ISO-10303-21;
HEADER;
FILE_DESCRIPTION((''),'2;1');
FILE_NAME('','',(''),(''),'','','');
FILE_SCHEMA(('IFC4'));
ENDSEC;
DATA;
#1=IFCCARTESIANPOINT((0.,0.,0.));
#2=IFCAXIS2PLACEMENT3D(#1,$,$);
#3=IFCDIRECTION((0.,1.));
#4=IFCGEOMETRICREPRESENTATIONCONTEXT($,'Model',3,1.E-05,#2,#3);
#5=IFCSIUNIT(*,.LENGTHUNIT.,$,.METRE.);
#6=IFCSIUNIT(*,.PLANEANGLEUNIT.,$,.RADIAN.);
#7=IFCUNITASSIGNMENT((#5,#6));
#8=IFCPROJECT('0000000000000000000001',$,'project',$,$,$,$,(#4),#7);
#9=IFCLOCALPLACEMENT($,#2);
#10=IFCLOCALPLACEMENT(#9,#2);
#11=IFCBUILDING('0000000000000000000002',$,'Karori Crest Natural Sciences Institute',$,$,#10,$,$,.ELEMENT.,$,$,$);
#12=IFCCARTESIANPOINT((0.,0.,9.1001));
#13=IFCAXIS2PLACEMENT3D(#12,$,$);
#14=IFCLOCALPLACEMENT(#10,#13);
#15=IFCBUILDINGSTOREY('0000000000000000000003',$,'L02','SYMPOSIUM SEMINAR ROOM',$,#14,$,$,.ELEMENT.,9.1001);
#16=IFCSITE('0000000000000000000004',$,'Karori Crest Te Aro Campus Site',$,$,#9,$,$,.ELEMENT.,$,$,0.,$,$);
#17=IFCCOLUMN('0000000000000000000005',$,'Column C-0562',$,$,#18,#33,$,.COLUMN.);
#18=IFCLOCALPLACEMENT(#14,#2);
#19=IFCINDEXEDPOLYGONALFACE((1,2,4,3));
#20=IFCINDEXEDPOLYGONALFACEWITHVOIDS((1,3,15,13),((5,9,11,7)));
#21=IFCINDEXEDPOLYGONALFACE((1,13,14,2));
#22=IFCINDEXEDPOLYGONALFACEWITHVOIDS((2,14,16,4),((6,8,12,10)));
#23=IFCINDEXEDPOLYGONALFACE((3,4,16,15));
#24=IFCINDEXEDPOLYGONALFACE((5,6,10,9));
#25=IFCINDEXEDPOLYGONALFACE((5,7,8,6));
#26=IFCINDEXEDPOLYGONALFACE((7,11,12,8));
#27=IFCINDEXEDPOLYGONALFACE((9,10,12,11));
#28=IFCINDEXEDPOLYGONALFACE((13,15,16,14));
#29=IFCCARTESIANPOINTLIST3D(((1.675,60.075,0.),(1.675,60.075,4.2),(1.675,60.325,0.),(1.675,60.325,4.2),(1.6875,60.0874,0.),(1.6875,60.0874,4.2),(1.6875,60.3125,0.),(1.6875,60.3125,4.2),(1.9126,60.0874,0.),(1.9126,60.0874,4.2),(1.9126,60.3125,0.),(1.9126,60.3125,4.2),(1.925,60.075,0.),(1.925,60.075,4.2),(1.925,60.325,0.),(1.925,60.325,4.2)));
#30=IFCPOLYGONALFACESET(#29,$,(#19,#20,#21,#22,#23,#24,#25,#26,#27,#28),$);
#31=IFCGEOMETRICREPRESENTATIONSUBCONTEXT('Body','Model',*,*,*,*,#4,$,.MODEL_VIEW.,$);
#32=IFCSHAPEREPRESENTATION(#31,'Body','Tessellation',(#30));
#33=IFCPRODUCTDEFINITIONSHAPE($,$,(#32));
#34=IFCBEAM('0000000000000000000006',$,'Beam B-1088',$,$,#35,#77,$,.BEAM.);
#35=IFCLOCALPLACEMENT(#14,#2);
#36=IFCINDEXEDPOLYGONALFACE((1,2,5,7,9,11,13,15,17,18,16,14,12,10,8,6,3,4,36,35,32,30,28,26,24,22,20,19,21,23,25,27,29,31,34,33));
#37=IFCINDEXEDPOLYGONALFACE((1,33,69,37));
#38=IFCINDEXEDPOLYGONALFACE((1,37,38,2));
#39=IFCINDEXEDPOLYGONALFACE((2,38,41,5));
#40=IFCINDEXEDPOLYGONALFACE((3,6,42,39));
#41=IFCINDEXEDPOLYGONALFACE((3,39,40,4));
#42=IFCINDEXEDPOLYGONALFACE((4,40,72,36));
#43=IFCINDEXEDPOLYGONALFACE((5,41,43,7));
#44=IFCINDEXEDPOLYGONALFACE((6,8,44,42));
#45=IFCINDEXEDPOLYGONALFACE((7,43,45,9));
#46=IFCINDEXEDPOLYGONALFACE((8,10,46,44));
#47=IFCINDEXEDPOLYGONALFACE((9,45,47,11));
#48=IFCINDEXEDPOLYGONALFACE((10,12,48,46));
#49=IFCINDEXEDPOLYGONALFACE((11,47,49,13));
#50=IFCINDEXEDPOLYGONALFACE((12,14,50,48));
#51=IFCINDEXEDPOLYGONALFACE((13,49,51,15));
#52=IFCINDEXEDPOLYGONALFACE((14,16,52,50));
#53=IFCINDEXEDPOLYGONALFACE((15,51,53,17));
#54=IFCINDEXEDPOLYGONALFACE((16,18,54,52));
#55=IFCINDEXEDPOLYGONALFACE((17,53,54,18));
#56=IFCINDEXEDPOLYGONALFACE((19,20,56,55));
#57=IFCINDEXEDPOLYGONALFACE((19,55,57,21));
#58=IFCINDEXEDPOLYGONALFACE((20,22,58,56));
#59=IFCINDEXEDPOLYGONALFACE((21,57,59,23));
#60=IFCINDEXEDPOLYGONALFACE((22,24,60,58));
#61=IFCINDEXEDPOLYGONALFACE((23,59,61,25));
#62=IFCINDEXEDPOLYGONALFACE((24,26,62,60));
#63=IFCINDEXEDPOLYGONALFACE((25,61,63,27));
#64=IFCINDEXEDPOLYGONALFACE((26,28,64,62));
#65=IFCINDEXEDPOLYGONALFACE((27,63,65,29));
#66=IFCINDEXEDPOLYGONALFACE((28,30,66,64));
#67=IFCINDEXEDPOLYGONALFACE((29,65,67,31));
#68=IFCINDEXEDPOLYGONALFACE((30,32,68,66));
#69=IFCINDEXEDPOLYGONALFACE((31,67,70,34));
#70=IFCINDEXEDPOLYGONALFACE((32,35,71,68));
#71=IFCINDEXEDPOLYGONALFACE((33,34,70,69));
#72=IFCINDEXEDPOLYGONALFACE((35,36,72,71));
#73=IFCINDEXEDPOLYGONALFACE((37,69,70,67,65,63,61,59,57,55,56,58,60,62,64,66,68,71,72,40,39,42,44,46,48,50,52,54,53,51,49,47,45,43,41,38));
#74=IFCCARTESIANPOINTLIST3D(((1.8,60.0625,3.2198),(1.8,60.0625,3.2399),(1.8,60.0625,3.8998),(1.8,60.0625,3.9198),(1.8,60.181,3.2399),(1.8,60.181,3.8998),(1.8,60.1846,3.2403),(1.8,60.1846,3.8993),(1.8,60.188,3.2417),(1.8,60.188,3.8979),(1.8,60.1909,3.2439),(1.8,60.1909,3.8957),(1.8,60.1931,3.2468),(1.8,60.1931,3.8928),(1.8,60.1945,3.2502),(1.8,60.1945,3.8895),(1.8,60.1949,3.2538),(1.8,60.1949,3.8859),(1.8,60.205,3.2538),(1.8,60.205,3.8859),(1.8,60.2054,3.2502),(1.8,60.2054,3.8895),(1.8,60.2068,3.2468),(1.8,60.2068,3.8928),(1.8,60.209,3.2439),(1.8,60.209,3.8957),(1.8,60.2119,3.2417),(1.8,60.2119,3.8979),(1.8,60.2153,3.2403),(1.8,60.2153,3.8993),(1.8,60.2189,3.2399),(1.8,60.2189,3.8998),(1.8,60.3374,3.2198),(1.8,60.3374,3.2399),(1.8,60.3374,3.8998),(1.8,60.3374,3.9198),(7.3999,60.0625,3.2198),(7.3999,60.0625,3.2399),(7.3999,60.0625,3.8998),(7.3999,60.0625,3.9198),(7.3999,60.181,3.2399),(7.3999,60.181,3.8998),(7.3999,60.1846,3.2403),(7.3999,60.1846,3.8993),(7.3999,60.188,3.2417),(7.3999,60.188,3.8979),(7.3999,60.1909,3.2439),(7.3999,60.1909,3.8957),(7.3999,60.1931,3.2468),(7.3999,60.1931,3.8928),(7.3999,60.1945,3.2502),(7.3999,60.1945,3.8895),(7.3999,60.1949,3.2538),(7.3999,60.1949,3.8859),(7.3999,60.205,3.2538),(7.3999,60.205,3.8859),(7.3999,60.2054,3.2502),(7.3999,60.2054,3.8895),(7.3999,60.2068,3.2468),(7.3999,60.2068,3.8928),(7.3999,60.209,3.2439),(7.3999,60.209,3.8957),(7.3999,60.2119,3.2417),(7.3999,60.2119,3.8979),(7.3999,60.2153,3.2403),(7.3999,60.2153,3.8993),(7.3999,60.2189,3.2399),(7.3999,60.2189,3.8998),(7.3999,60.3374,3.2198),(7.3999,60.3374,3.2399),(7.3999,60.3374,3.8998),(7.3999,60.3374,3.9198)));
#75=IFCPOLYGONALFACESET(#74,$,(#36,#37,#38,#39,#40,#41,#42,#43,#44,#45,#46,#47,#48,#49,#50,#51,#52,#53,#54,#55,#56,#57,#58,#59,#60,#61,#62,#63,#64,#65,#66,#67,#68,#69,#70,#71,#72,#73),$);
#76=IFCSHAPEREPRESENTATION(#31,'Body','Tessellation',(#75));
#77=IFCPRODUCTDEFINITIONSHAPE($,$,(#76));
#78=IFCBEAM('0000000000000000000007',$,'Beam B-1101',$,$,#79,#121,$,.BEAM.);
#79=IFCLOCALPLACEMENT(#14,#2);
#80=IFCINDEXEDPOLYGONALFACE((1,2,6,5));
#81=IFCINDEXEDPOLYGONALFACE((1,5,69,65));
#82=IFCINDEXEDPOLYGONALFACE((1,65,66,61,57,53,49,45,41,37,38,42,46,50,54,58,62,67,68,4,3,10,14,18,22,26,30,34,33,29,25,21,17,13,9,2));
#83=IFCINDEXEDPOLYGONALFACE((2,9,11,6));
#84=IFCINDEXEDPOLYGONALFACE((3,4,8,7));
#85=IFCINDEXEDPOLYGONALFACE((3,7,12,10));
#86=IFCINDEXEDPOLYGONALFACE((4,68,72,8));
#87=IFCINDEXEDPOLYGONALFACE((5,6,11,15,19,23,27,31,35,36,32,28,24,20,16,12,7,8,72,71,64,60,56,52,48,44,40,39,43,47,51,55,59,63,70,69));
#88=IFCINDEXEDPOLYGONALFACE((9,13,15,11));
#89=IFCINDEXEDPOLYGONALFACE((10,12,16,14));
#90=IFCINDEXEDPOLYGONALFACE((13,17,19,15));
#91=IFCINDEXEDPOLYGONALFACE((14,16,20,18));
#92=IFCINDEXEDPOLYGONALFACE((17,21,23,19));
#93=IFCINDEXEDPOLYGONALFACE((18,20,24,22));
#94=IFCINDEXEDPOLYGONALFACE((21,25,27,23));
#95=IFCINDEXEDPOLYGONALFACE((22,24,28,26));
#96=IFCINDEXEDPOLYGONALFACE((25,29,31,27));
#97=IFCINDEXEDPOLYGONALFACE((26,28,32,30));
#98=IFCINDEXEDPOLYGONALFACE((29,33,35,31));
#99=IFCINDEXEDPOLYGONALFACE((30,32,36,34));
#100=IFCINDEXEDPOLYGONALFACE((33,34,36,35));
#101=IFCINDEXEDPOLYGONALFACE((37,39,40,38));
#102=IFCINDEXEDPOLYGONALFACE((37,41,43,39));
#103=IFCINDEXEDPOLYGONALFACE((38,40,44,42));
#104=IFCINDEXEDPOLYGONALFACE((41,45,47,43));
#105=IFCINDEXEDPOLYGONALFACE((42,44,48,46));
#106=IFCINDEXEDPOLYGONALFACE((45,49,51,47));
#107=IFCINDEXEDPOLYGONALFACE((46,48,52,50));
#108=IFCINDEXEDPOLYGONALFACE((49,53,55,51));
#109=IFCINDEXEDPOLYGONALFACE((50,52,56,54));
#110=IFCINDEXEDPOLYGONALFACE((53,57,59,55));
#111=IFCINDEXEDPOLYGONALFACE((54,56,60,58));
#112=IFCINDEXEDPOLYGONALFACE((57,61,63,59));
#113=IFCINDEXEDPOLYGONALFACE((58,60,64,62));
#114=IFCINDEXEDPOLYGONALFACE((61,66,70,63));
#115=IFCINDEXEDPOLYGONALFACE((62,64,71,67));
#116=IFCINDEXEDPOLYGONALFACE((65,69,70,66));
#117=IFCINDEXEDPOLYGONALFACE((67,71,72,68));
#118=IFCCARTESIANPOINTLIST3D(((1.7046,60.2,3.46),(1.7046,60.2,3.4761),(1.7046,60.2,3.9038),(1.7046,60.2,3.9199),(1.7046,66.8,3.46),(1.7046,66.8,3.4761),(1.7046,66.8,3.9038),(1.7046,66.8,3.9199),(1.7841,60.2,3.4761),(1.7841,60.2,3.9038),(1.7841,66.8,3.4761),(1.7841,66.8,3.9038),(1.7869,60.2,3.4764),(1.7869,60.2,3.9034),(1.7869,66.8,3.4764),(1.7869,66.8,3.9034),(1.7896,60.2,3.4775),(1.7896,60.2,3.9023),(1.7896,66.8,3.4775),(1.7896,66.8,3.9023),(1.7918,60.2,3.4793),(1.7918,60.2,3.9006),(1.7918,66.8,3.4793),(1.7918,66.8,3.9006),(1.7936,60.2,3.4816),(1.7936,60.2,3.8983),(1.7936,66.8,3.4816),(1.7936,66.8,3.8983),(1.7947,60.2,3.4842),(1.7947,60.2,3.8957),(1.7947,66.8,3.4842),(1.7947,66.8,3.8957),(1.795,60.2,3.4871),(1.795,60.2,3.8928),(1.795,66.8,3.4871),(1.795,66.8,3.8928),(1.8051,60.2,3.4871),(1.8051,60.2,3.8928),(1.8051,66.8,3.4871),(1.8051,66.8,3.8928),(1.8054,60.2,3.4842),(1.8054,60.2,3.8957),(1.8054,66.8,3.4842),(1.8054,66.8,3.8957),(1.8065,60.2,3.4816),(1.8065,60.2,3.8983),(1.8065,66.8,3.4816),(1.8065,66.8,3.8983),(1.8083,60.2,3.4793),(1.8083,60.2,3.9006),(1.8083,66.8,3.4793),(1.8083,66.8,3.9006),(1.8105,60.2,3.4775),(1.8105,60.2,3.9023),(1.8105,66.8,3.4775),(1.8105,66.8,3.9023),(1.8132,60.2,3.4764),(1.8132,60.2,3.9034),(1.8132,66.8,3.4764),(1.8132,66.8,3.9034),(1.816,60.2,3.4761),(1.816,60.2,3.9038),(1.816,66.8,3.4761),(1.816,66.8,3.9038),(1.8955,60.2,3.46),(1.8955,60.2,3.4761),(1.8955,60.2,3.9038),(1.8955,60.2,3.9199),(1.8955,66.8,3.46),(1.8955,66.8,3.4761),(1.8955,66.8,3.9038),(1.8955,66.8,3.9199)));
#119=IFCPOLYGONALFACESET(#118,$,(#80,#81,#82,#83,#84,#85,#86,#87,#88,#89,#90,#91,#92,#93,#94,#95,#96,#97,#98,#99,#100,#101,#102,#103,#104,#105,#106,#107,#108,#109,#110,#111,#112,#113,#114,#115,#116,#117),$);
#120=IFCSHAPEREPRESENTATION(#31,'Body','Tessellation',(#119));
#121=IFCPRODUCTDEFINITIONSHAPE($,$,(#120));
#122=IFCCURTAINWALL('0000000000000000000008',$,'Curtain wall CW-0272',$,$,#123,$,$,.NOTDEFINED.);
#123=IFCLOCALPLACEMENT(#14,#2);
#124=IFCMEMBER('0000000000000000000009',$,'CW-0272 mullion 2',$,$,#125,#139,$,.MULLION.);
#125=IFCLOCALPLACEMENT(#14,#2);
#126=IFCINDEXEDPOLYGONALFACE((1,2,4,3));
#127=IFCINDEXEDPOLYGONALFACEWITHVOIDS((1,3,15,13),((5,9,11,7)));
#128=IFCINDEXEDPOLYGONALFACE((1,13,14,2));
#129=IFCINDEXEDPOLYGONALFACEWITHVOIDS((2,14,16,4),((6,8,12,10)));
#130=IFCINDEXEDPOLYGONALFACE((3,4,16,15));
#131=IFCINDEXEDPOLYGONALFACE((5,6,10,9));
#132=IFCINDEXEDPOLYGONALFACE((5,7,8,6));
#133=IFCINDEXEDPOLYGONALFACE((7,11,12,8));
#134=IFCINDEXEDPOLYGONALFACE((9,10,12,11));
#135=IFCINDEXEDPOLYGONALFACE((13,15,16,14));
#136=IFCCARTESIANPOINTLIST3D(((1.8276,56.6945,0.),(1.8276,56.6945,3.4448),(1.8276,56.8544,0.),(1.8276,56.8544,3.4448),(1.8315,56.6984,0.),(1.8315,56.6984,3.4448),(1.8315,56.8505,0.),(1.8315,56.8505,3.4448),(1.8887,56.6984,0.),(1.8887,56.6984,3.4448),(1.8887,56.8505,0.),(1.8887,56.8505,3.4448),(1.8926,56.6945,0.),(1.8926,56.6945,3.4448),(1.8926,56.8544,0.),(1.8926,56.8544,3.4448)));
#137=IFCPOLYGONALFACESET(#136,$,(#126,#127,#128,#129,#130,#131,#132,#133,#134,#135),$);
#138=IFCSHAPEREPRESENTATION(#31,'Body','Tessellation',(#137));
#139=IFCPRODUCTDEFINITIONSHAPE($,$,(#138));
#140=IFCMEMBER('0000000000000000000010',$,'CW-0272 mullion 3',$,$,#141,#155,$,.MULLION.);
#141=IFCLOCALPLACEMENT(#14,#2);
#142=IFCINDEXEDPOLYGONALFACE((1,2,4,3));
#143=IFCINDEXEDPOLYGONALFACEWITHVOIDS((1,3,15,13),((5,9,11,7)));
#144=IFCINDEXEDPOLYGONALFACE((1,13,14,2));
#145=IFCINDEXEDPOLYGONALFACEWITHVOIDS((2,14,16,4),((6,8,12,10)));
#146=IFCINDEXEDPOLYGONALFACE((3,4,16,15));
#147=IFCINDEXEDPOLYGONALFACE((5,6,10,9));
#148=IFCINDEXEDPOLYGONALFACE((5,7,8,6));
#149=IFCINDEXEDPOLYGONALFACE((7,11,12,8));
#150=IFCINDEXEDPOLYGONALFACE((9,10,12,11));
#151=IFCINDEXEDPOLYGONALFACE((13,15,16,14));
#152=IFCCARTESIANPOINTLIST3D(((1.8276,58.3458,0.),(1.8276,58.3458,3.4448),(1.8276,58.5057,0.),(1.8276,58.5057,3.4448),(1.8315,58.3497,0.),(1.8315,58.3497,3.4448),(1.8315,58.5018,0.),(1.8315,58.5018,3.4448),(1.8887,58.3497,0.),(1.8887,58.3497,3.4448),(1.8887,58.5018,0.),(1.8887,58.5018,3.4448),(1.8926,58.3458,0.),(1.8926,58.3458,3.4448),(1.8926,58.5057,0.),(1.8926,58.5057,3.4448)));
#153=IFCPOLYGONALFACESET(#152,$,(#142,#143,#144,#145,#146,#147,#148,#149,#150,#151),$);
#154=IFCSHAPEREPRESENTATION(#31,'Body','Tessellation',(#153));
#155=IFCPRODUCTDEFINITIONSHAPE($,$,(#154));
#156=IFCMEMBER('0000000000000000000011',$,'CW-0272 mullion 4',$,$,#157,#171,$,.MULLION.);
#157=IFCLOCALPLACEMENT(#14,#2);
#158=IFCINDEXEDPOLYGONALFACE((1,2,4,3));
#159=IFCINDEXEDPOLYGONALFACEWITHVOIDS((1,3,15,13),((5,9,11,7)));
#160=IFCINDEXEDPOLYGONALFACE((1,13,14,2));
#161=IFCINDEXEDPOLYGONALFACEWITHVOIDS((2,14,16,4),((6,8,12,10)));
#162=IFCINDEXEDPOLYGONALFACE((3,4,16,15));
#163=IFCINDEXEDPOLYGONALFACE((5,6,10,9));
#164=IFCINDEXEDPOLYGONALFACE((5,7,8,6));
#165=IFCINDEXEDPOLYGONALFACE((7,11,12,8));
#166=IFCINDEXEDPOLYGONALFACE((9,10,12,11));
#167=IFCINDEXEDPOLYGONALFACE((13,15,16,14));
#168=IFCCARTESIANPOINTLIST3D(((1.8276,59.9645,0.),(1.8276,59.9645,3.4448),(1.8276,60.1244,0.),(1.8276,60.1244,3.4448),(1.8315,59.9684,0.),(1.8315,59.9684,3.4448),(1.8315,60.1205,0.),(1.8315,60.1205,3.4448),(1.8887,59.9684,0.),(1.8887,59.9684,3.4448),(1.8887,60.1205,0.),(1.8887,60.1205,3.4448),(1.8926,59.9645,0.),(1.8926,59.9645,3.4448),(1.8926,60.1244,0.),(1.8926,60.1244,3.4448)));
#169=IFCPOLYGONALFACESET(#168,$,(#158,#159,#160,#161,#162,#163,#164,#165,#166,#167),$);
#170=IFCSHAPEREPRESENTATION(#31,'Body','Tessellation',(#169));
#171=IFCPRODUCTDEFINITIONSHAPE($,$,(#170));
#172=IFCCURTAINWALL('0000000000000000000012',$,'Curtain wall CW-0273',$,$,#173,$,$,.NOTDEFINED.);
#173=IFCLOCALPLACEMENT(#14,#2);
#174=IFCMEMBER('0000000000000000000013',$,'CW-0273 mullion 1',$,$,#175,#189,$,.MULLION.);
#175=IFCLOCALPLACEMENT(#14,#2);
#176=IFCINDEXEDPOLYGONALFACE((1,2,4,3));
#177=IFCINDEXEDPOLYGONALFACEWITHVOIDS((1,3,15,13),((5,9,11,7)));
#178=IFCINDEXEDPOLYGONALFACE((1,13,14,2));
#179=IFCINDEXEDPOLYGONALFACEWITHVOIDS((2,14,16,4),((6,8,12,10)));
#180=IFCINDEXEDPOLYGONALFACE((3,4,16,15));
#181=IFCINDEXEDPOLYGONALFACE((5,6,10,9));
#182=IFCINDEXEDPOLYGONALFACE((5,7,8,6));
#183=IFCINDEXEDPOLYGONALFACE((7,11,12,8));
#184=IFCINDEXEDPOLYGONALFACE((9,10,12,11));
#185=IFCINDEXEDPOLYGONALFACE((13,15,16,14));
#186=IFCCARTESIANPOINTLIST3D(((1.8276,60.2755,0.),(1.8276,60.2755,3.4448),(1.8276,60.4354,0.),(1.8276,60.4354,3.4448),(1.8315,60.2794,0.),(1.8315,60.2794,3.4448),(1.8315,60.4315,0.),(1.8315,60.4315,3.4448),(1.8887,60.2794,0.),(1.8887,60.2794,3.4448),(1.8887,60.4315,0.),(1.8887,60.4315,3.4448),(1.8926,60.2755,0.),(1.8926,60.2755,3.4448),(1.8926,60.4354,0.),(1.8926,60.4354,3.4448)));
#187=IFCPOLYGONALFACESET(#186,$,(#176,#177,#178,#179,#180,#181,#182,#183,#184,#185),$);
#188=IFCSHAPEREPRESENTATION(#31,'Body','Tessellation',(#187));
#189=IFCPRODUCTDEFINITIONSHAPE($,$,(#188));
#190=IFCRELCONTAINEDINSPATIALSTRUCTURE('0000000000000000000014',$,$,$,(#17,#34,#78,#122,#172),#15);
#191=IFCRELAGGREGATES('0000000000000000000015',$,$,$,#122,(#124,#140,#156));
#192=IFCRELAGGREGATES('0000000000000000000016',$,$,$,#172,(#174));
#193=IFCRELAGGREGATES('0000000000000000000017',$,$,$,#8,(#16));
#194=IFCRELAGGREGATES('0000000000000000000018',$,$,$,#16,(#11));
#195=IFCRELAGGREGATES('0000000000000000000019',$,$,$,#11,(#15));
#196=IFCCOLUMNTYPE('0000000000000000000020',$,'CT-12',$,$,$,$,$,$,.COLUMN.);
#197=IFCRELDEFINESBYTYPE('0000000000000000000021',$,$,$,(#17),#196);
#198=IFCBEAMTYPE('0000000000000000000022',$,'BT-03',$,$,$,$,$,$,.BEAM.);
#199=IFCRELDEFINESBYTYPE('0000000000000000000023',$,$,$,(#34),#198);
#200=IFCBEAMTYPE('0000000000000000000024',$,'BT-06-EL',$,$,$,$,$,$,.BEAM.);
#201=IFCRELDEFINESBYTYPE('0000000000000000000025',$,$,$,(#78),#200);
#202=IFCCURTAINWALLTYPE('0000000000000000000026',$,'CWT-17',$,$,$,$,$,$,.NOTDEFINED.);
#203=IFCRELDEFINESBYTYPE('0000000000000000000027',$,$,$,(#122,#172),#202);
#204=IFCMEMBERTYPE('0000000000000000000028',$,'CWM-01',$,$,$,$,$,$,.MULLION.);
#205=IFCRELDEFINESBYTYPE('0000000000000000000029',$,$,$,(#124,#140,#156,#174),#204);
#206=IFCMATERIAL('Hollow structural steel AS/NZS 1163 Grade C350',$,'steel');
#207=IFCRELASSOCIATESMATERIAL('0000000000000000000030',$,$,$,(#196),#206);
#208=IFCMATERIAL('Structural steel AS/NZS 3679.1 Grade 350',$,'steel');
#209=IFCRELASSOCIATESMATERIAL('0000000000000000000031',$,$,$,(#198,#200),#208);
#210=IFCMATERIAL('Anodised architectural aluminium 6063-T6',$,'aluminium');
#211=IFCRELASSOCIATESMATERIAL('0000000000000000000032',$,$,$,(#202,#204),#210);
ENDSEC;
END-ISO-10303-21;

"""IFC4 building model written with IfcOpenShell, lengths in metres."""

from ifc_helpers import new_model, si_unit, direction, frame, origin, origin_2d, place, context, subcontext, project, spatial, hollow_rectangle, i_section, extrude, material, material_profile, profile_set, type_object, element, aggregate, save


model = new_model("IFC4")

# Units and contexts
model_context = context("Model", 3, precision=1e-05, world=origin(), true_north=direction((0.0, 1.0)))
body_context = subcontext(model_context, "Body", "Model", "MODEL_VIEW")
ifc_project = project(units=[si_unit("LENGTHUNIT", "METRE"), si_unit("PLANEANGLEUNIT", "RADIAN")], contexts=[model_context])

# Site, building, storey
site_placement = place(None, origin())
site = spatial("IfcSite", under=ifc_project, at=site_placement, Name="Karori Crest Te Aro Campus Site", CompositionType="ELEMENT", RefElevation=0.0)
building_placement = place(site_placement, origin())
building = spatial("IfcBuilding", under=site, at=building_placement, Name="Karori Crest Natural Sciences Institute", CompositionType="ELEMENT")
storey_placement = place(building_placement, frame((0.0, 0.0, 9.1001)))
storey = spatial("IfcBuildingStorey", under=building, at=storey_placement, Name="L02", Description="SYMPOSIUM SEMINAR ROOM", CompositionType="ELEMENT", Elevation=9.1001)

# Column
ifc_material_1 = material(Name="Hollow structural steel AS/NZS 1163 Grade C350", Category="steel")
ifc_material_profile_1 = material_profile(ifc_material_1, hollow_rectangle(XDim=0.25, YDim=0.25, WallThickness=0.0125, at=origin_2d()), Name="SHS250x250x12.5")
ifc_profile_set_1 = profile_set([ifc_material_profile_1], Name="Hollow structural steel AS/NZS 1163 Grade C350")
column_type = type_object("IfcColumnType", Name="CT-12", PredefinedType="COLUMN", material=ifc_profile_set_1)
column_placement = place(storey_placement, frame((1.8, 60.2, 0.0), z_axis=(0.0, 0.0, 1.0), x_axis=(1.0, 0.0, 0.0)))
element("IfcColumn", 1, at=column_placement, inside=storey, type_object=column_type, Name="Column C-0562", PredefinedType="COLUMN", context=body_context, shape_type="SweptSolid", body=[
    extrude(hollow_rectangle(XDim=0.25, YDim=0.25, WallThickness=0.0125, at=origin_2d()), origin(), (0.0, 0.0, 1.0), 4.2),
])

# Beams
ifc_material_2 = material(Name="Structural steel AS/NZS 3679.1 Grade 350", Category="steel")
ifc_material_profile_2 = material_profile(ifc_material_2, i_section(OverallWidth=0.2749, OverallDepth=0.7, WebThickness=0.01, FlangeThickness=0.02, FilletRadius=0.0139, at=origin_2d()), Name="700WB150")
ifc_profile_set_2 = profile_set([ifc_material_profile_2], Name="Structural steel AS/NZS 3679.1 Grade 350")
beam_type_1 = type_object("IfcBeamType", Name="BT-03", PredefinedType="BEAM", material=ifc_profile_set_2)
beam_1_placement = place(storey_placement, frame((1.8, 60.2, 3.5698), z_axis=(1.0, 0.0, 0.0), x_axis=(0.0, 1.0, 0.0)))
element("IfcBeam", 2, at=beam_1_placement, inside=storey, type_object=beam_type_1, Name="Beam B-1088", PredefinedType="BEAM", context=body_context, shape_type="SweptSolid", body=[
    extrude(i_section(OverallWidth=0.2749, OverallDepth=0.7, WebThickness=0.01, FlangeThickness=0.02, FilletRadius=0.0139, at=origin_2d()), origin(), (0.0, 0.0, 1.0), 5.5999),
])
ifc_material_profile_3 = material_profile(ifc_material_2, i_section(OverallWidth=0.1909, OverallDepth=0.46, WebThickness=0.01, FlangeThickness=0.0161, FilletRadius=0.011, at=origin_2d()), Name="460UB82.1")
ifc_profile_set_3 = profile_set([ifc_material_profile_3], Name="Structural steel AS/NZS 3679.1 Grade 350")
beam_type_2 = type_object("IfcBeamType", Name="BT-06-EL", PredefinedType="BEAM", material=ifc_profile_set_3)
beam_2_placement = place(storey_placement, frame((1.8, 60.2, 3.6899), z_axis=(0.0, 1.0, 0.0), x_axis=(-1.0, 0.0, 0.0)))
element("IfcBeam", 3, at=beam_2_placement, inside=storey, type_object=beam_type_2, Name="Beam B-1101", PredefinedType="BEAM", context=body_context, shape_type="SweptSolid", body=[
    extrude(i_section(OverallWidth=0.1909, OverallDepth=0.46, WebThickness=0.01, FlangeThickness=0.0161, FilletRadius=0.011, at=origin_2d()), origin(), (0.0, 0.0, 1.0), 6.6001),
])

# Curtain walls, members
ifc_material_3 = material(Name="Anodised architectural aluminium 6063-T6", Category="aluminium")
curtain_wall_type = type_object("IfcCurtainWallType", Name="CWT-17", PredefinedType="NOTDEFINED", material=ifc_material_3)
curtain_wall_1_placement = place(storey_placement, origin())
curtain_wall_1 = element("IfcCurtainWall", 4, at=curtain_wall_1_placement, inside=storey, type_object=curtain_wall_type, Name="Curtain wall CW-0272", PredefinedType="NOTDEFINED")
ifc_material_profile_4 = material_profile(ifc_material_3, hollow_rectangle(XDim=0.0649, YDim=0.1599, WallThickness=0.0039, at=origin_2d()), Name="CWM160x65x4")
ifc_profile_set_4 = profile_set([ifc_material_profile_4], Name="Anodised architectural aluminium 6063-T6")
member_type_1 = type_object("IfcMemberType", Name="CWM-01", PredefinedType="MULLION", material=ifc_profile_set_4)
member_1_placement = place(storey_placement, frame((1.8601, 56.7744, 0.0), z_axis=(0.0, 0.0, 1.0), x_axis=(-1.0, 0.0, 0.0)))
member_1 = element("IfcMember", 5, at=member_1_placement, type_object=member_type_1, Name="CW-0272 mullion 2", PredefinedType="MULLION", context=body_context, shape_type="SweptSolid", body=[
    extrude(hollow_rectangle(XDim=0.0649, YDim=0.1599, WallThickness=0.0039, at=origin_2d()), origin(), (0.0, 0.0, 1.0), 3.4448),
])
member_2_placement = place(storey_placement, frame((1.8601, 58.4258, 0.0), z_axis=(0.0, 0.0, 1.0), x_axis=(-1.0, 0.0, 0.0)))
member_2 = element("IfcMember", 6, at=member_2_placement, type_object=member_type_1, Name="CW-0272 mullion 3", PredefinedType="MULLION", context=body_context, shape_type="SweptSolid", body=[
    extrude(hollow_rectangle(XDim=0.0649, YDim=0.1599, WallThickness=0.0039, at=origin_2d()), origin(), (0.0, 0.0, 1.0), 3.4448),
])
member_3_placement = place(storey_placement, frame((1.8601, 60.0444, 0.0), z_axis=(0.0, 0.0, 1.0), x_axis=(-1.0, 0.0, 0.0)))
member_3 = element("IfcMember", 7, at=member_3_placement, type_object=member_type_1, Name="CW-0272 mullion 4", PredefinedType="MULLION", context=body_context, shape_type="SweptSolid", body=[
    extrude(hollow_rectangle(XDim=0.0649, YDim=0.1599, WallThickness=0.0039, at=origin_2d()), origin(), (0.0, 0.0, 1.0), 3.4448),
])
curtain_wall_2_placement = place(storey_placement, origin())
curtain_wall_2 = element("IfcCurtainWall", 8, at=curtain_wall_2_placement, inside=storey, type_object=curtain_wall_type, Name="Curtain wall CW-0273", PredefinedType="NOTDEFINED")
member_4_placement = place(storey_placement, frame((1.8601, 60.3555, 0.0), z_axis=(0.0, 0.0, 1.0), x_axis=(-1.0, 0.0, 0.0)))
member_4 = element("IfcMember", 9, at=member_4_placement, type_object=member_type_1, Name="CW-0273 mullion 1", PredefinedType="MULLION", context=body_context, shape_type="SweptSolid", body=[
    extrude(hollow_rectangle(XDim=0.0649, YDim=0.1599, WallThickness=0.0039, at=origin_2d()), origin(), (0.0, 0.0, 1.0), 3.4448),
])

aggregate(curtain_wall_1, [member_1, member_2, member_3])
aggregate(curtain_wall_2, [member_4])

save(model, "model.ifc")
